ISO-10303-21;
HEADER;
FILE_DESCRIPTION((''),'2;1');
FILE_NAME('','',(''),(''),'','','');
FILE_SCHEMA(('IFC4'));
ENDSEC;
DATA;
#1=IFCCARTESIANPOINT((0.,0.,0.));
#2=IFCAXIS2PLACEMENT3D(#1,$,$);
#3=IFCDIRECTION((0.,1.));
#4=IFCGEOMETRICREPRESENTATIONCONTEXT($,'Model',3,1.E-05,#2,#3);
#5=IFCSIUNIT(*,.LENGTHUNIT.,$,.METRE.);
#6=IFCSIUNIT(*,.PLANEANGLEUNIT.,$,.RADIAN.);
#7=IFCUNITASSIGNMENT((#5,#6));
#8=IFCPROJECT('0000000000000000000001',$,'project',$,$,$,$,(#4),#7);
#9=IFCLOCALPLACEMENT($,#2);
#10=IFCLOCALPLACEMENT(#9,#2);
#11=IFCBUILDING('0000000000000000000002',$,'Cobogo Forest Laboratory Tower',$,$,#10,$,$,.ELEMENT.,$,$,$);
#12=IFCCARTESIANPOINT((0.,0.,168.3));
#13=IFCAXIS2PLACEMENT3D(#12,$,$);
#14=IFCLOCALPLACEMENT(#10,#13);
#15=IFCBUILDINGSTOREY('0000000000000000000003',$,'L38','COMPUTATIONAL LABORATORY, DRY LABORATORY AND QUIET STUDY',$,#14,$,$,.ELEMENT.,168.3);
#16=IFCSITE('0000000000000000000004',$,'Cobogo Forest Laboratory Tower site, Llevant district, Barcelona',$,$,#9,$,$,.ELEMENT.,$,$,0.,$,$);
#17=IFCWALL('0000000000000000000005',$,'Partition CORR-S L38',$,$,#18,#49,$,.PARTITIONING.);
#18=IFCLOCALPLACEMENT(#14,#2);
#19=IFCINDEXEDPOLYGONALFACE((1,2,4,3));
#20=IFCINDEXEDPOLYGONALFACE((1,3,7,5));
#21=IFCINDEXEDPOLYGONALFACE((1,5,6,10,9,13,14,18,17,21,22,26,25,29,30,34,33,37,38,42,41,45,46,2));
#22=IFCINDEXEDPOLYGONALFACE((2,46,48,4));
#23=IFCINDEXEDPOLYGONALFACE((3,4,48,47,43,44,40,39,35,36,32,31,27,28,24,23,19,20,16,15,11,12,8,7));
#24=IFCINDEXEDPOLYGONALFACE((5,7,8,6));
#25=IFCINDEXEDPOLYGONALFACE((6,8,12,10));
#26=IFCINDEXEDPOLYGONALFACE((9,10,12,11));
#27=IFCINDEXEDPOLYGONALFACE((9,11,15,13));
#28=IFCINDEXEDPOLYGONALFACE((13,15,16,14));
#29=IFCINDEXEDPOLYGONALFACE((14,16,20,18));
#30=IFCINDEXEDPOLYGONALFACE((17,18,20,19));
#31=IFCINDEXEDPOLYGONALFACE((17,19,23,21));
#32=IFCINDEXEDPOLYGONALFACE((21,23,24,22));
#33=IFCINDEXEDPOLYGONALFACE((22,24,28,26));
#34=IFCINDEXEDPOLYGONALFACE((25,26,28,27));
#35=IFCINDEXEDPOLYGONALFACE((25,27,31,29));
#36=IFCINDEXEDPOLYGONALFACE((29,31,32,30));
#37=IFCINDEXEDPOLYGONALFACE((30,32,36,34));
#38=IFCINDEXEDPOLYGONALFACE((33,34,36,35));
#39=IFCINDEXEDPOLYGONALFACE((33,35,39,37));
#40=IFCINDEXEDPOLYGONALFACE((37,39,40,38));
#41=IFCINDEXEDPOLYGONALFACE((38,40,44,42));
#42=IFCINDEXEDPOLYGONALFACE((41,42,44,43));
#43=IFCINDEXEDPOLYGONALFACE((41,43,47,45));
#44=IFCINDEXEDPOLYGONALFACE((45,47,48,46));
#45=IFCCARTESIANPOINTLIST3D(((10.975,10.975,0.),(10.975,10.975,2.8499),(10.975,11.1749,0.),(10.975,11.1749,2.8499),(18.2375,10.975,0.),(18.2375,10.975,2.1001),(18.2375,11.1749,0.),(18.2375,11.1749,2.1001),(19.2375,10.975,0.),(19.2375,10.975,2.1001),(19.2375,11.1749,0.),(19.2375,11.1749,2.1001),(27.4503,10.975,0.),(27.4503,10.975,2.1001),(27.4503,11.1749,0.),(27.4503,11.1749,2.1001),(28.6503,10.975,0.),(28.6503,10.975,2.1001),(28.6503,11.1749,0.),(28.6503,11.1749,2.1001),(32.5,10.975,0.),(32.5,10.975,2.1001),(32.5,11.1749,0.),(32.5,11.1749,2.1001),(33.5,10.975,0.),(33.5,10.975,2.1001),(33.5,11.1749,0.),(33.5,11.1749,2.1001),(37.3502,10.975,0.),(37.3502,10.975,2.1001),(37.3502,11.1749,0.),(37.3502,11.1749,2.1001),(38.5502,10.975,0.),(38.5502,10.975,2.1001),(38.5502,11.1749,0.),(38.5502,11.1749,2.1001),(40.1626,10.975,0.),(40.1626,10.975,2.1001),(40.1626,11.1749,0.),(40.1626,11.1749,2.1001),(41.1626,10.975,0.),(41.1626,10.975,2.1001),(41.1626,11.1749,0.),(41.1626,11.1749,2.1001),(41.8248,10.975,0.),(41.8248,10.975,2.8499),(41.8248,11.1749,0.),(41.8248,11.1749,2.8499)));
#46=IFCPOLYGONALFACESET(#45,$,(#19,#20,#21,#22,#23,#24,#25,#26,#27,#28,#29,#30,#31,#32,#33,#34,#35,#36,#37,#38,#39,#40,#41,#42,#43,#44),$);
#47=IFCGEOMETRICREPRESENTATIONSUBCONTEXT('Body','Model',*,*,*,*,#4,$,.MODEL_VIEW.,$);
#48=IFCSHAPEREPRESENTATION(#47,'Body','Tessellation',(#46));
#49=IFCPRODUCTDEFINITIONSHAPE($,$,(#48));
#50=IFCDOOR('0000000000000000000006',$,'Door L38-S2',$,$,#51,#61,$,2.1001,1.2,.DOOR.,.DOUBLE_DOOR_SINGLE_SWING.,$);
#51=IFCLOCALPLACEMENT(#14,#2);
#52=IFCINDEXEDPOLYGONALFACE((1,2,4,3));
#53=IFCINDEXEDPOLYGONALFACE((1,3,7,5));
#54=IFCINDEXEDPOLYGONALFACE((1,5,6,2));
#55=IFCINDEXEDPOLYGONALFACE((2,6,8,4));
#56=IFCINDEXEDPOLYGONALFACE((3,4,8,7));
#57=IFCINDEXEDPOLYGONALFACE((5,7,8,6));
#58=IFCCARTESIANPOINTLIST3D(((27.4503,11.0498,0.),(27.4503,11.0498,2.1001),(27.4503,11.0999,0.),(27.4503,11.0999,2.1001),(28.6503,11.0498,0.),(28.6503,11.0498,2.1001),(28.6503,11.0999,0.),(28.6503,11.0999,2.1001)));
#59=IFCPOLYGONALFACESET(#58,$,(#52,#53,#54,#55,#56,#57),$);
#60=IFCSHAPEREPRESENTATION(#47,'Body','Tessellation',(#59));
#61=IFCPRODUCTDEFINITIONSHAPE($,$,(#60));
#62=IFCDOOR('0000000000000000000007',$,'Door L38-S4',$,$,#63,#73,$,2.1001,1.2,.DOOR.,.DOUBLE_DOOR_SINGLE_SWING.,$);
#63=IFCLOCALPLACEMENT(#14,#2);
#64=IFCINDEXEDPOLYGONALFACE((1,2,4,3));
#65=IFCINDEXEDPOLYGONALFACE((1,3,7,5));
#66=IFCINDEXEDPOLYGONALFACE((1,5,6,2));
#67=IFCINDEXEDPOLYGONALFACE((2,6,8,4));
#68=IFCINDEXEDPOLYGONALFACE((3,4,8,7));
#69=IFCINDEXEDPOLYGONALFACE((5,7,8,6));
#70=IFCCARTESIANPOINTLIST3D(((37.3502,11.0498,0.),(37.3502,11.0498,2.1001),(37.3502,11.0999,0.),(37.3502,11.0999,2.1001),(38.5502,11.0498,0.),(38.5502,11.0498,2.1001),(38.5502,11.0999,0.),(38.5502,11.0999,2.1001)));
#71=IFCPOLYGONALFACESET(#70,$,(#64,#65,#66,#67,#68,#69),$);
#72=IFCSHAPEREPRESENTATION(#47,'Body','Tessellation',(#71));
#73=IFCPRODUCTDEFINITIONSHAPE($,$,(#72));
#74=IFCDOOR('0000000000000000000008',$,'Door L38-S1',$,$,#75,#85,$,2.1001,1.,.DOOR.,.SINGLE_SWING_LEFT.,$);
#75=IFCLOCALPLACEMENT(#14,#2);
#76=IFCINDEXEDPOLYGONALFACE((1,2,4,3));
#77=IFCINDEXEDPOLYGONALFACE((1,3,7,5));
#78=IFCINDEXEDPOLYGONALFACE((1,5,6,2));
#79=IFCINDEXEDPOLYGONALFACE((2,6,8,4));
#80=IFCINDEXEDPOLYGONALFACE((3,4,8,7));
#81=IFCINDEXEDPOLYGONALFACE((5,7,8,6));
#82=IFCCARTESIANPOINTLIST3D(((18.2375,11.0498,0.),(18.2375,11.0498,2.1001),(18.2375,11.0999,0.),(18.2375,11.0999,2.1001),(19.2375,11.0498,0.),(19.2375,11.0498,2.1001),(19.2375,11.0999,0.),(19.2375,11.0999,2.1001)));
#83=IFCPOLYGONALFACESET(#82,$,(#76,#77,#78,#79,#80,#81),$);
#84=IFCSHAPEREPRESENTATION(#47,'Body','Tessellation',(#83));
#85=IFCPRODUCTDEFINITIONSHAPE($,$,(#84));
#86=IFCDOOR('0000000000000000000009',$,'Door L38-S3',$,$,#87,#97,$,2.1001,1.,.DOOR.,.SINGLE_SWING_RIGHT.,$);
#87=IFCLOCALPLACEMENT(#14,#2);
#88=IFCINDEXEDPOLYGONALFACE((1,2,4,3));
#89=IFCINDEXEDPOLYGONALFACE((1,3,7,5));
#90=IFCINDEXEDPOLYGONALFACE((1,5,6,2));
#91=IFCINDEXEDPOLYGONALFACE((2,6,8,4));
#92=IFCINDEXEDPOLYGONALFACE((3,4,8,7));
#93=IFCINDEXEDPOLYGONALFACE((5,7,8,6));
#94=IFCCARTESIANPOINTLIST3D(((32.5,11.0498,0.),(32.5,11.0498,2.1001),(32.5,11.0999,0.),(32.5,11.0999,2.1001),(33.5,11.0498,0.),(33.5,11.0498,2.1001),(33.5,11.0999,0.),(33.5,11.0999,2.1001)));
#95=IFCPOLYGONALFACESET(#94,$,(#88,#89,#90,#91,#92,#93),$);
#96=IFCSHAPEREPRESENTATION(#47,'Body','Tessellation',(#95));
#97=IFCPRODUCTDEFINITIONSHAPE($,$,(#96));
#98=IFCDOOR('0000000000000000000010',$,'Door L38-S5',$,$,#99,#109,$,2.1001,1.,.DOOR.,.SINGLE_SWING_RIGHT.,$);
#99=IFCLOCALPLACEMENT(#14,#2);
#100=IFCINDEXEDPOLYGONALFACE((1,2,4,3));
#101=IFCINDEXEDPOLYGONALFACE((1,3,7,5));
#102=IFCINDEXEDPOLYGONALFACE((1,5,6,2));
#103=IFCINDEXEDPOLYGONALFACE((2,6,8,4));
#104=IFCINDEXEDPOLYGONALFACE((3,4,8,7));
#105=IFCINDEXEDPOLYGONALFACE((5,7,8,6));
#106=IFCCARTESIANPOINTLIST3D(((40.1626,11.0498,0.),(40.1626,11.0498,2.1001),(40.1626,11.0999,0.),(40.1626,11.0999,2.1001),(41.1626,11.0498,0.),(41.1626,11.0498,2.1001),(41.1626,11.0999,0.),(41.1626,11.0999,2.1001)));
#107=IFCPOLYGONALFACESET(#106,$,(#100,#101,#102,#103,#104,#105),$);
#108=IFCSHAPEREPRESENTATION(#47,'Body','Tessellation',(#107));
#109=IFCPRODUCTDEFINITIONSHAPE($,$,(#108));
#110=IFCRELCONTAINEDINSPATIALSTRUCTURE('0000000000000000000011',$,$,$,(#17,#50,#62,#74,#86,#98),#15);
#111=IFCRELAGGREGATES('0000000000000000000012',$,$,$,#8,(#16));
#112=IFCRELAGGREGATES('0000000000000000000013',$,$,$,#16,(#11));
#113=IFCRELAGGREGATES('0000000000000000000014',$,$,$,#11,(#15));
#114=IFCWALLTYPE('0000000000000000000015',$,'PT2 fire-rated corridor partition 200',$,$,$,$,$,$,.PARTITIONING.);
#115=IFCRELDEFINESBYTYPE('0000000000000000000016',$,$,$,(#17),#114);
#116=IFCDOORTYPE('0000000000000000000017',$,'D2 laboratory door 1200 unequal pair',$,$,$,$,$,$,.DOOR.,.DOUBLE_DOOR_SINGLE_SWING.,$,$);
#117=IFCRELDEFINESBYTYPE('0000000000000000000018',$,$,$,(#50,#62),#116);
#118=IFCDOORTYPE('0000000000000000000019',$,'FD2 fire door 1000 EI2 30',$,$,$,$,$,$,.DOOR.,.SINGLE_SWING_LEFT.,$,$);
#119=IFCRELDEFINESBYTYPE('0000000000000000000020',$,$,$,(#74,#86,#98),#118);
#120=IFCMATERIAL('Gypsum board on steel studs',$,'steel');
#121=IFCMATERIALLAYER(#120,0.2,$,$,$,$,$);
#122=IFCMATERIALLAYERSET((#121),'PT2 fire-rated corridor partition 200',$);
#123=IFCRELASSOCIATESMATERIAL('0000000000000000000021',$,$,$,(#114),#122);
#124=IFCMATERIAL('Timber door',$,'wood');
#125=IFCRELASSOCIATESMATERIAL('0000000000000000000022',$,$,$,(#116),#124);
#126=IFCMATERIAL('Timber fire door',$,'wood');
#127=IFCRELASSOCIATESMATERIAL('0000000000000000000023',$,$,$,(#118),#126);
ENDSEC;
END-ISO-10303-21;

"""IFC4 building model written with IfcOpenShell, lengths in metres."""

from ifc_helpers import new_model, si_unit, direction, frame, frame_2d, origin, place, context, subcontext, project, spatial, rectangle, extrude, material, layer, layer_set, type_object, element, fill, save


model = new_model("IFC4")

# Units and contexts
model_context = context("Model", 3, precision=1e-05, world=origin(), true_north=direction((0.0, 1.0)))
body_context = subcontext(model_context, "Body", "Model", "MODEL_VIEW")
ifc_project = project(units=[si_unit("LENGTHUNIT", "METRE"), si_unit("PLANEANGLEUNIT", "RADIAN")], contexts=[model_context])

# Site, building, storey
site_placement = place(None, origin())
site = spatial("IfcSite", under=ifc_project, at=site_placement, Name="Cobogo Forest Laboratory Tower site, Llevant district, Barcelona", CompositionType="ELEMENT", RefElevation=0.0)
building_placement = place(site_placement, origin())
building = spatial("IfcBuilding", under=site, at=building_placement, Name="Cobogo Forest Laboratory Tower", CompositionType="ELEMENT")
storey_placement = place(building_placement, frame((0.0, 0.0, 168.3)))
storey = spatial("IfcBuildingStorey", under=building, at=storey_placement, Name="L38", Description="COMPUTATIONAL LABORATORY, DRY LABORATORY AND QUIET STUDY", CompositionType="ELEMENT", Elevation=168.3)

# Shared definitions
ifc_material_1 = material(Name="Gypsum board on steel studs", Category="steel")

# Wall, openings, doors
ifc_layer_1 = layer(ifc_material_1, 0.2)
ifc_layer_set_1 = layer_set([ifc_layer_1], Name="PT2 fire-rated corridor partition 200")
wall_type_1 = type_object("IfcWallType", Name="PT2 fire-rated corridor partition 200", PredefinedType="PARTITIONING", material=ifc_layer_set_1)
wall_1_placement = place(storey_placement, frame((10.9751, 11.075, 0.0), z_axis=(0.0, 0.0, 1.0), x_axis=(1.0, 0.0, 0.0)))
wall_1 = element("IfcWall", 1, at=wall_1_placement, inside=storey, type_object=wall_type_1, Name="Partition CORR-S L38", PredefinedType="PARTITIONING", context=body_context, shape_type="SweptSolid", body=[
    extrude(rectangle(XDim=30.8499, YDim=0.2, at=frame_2d((15.4248, 0.0))), origin(), (0.0, 0.0, 1.0), 2.8499),
])
opening_1_placement = place(wall_1_placement, frame((7.2625, 0.0, 0.0)))
opening_1 = element("IfcOpeningElement", 2, at=opening_1_placement, cuts=wall_1, PredefinedType="OPENING", context=body_context, shape_type="SweptSolid", body=[
    extrude(rectangle(XDim=1.0, YDim=2.1001, at=frame_2d((0.5, 1.05))), frame((0.0, 0.1099, 0.0), z_axis=(0.0, -1.0, 0.0), x_axis=(1.0, 0.0, 0.0)), (0.0, 0.0, 1.0), 0.22),
])
opening_2_placement = place(wall_1_placement, frame((16.4751, 0.0, 0.0)))
opening_2 = element("IfcOpeningElement", 3, at=opening_2_placement, cuts=wall_1, PredefinedType="OPENING", context=body_context, shape_type="SweptSolid", body=[
    extrude(rectangle(XDim=1.2, YDim=2.1001, at=frame_2d((0.6001, 1.05))), frame((0.0, 0.1099, 0.0), z_axis=(0.0, -1.0, 0.0), x_axis=(1.0, 0.0, 0.0)), (0.0, 0.0, 1.0), 0.22),
])
opening_3_placement = place(wall_1_placement, frame((21.5249, 0.0, 0.0)))
opening_3 = element("IfcOpeningElement", 4, at=opening_3_placement, cuts=wall_1, PredefinedType="OPENING", context=body_context, shape_type="SweptSolid", body=[
    extrude(rectangle(XDim=1.0, YDim=2.1001, at=frame_2d((0.5, 1.05))), frame((0.0, 0.1099, 0.0), z_axis=(0.0, -1.0, 0.0), x_axis=(1.0, 0.0, 0.0)), (0.0, 0.0, 1.0), 0.22),
])
opening_4_placement = place(wall_1_placement, frame((26.375, 0.0, 0.0)))
opening_4 = element("IfcOpeningElement", 5, at=opening_4_placement, cuts=wall_1, PredefinedType="OPENING", context=body_context, shape_type="SweptSolid", body=[
    extrude(rectangle(XDim=1.2, YDim=2.1001, at=frame_2d((0.6001, 1.05))), frame((0.0, 0.1099, 0.0), z_axis=(0.0, -1.0, 0.0), x_axis=(1.0, 0.0, 0.0)), (0.0, 0.0, 1.0), 0.22),
])
opening_5_placement = place(wall_1_placement, frame((29.1875, 0.0, 0.0)))
opening_5 = element("IfcOpeningElement", 6, at=opening_5_placement, cuts=wall_1, PredefinedType="OPENING", context=body_context, shape_type="SweptSolid", body=[
    extrude(rectangle(XDim=1.0, YDim=2.1001, at=frame_2d((0.5, 1.05))), frame((0.0, 0.1099, 0.0), z_axis=(0.0, -1.0, 0.0), x_axis=(1.0, 0.0, 0.0)), (0.0, 0.0, 1.0), 0.22),
])
ifc_material_2 = material(Name="Timber door", Category="wood")
door_type_1 = type_object("IfcDoorType", Name="D2 laboratory door 1200 unequal pair", OperationType="DOUBLE_DOOR_SINGLE_SWING", PredefinedType="DOOR", material=ifc_material_2)
door_1_placement = place(opening_2_placement, origin())
door_1 = element("IfcDoor", 7, at=door_1_placement, inside=storey, type_object=door_type_1, Name="Door L38-S2", OperationType="DOUBLE_DOOR_SINGLE_SWING", OverallHeight=2.1001, OverallWidth=1.2, PredefinedType="DOOR", context=body_context, shape_type="SweptSolid", body=[
    extrude(rectangle(XDim=1.2, YDim=2.1001, at=frame_2d((0.6001, 1.05))), frame((0.0, 0.0249, 0.0), z_axis=(0.0, -1.0, 0.0), x_axis=(1.0, 0.0, 0.0)), (0.0, 0.0, 1.0), 0.05),
])
fill(opening_2, door_1)
door_2_placement = place(opening_4_placement, origin())
door_2 = element("IfcDoor", 8, at=door_2_placement, inside=storey, type_object=door_type_1, Name="Door L38-S4", OperationType="DOUBLE_DOOR_SINGLE_SWING", OverallHeight=2.1001, OverallWidth=1.2, PredefinedType="DOOR", context=body_context, shape_type="SweptSolid", body=[
    extrude(rectangle(XDim=1.2, YDim=2.1001, at=frame_2d((0.6001, 1.05))), frame((0.0, 0.0249, 0.0), z_axis=(0.0, -1.0, 0.0), x_axis=(1.0, 0.0, 0.0)), (0.0, 0.0, 1.0), 0.05),
])
fill(opening_4, door_2)
ifc_material_3 = material(Name="Timber fire door", Category="wood")
door_type_2 = type_object("IfcDoorType", Name="FD2 fire door 1000 EI2 30", OperationType="SINGLE_SWING_LEFT", PredefinedType="DOOR", material=ifc_material_3)
door_3_placement = place(opening_1_placement, origin())
door_3 = element("IfcDoor", 9, at=door_3_placement, inside=storey, type_object=door_type_2, Name="Door L38-S1", OperationType="SINGLE_SWING_LEFT", OverallHeight=2.1001, OverallWidth=1.0, PredefinedType="DOOR", context=body_context, shape_type="SweptSolid", body=[
    extrude(rectangle(XDim=1.0, YDim=2.1001, at=frame_2d((0.5, 1.05))), frame((0.0, 0.0249, 0.0), z_axis=(0.0, -1.0, 0.0), x_axis=(1.0, 0.0, 0.0)), (0.0, 0.0, 1.0), 0.05),
])
fill(opening_1, door_3)
door_4_placement = place(opening_3_placement, origin())
door_4 = element("IfcDoor", 10, at=door_4_placement, inside=storey, type_object=door_type_2, Name="Door L38-S3", OperationType="SINGLE_SWING_RIGHT", OverallHeight=2.1001, OverallWidth=1.0, PredefinedType="DOOR", context=body_context, shape_type="SweptSolid", body=[
    extrude(rectangle(XDim=1.0, YDim=2.1001, at=frame_2d((0.5, 1.05))), frame((0.0, 0.0249, 0.0), z_axis=(0.0, -1.0, 0.0), x_axis=(1.0, 0.0, 0.0)), (0.0, 0.0, 1.0), 0.05),
])
fill(opening_3, door_4)
door_5_placement = place(opening_5_placement, origin())
door_5 = element("IfcDoor", 11, at=door_5_placement, inside=storey, type_object=door_type_2, Name="Door L38-S5", OperationType="SINGLE_SWING_RIGHT", OverallHeight=2.1001, OverallWidth=1.0, PredefinedType="DOOR", context=body_context, shape_type="SweptSolid", body=[
    extrude(rectangle(XDim=1.0, YDim=2.1001, at=frame_2d((0.5, 1.05))), frame((0.0, 0.0249, 0.0), z_axis=(0.0, -1.0, 0.0), x_axis=(1.0, 0.0, 0.0)), (0.0, 0.0, 1.0), 0.05),
])
fill(opening_5, door_5)

save(model, "model.ifc")
